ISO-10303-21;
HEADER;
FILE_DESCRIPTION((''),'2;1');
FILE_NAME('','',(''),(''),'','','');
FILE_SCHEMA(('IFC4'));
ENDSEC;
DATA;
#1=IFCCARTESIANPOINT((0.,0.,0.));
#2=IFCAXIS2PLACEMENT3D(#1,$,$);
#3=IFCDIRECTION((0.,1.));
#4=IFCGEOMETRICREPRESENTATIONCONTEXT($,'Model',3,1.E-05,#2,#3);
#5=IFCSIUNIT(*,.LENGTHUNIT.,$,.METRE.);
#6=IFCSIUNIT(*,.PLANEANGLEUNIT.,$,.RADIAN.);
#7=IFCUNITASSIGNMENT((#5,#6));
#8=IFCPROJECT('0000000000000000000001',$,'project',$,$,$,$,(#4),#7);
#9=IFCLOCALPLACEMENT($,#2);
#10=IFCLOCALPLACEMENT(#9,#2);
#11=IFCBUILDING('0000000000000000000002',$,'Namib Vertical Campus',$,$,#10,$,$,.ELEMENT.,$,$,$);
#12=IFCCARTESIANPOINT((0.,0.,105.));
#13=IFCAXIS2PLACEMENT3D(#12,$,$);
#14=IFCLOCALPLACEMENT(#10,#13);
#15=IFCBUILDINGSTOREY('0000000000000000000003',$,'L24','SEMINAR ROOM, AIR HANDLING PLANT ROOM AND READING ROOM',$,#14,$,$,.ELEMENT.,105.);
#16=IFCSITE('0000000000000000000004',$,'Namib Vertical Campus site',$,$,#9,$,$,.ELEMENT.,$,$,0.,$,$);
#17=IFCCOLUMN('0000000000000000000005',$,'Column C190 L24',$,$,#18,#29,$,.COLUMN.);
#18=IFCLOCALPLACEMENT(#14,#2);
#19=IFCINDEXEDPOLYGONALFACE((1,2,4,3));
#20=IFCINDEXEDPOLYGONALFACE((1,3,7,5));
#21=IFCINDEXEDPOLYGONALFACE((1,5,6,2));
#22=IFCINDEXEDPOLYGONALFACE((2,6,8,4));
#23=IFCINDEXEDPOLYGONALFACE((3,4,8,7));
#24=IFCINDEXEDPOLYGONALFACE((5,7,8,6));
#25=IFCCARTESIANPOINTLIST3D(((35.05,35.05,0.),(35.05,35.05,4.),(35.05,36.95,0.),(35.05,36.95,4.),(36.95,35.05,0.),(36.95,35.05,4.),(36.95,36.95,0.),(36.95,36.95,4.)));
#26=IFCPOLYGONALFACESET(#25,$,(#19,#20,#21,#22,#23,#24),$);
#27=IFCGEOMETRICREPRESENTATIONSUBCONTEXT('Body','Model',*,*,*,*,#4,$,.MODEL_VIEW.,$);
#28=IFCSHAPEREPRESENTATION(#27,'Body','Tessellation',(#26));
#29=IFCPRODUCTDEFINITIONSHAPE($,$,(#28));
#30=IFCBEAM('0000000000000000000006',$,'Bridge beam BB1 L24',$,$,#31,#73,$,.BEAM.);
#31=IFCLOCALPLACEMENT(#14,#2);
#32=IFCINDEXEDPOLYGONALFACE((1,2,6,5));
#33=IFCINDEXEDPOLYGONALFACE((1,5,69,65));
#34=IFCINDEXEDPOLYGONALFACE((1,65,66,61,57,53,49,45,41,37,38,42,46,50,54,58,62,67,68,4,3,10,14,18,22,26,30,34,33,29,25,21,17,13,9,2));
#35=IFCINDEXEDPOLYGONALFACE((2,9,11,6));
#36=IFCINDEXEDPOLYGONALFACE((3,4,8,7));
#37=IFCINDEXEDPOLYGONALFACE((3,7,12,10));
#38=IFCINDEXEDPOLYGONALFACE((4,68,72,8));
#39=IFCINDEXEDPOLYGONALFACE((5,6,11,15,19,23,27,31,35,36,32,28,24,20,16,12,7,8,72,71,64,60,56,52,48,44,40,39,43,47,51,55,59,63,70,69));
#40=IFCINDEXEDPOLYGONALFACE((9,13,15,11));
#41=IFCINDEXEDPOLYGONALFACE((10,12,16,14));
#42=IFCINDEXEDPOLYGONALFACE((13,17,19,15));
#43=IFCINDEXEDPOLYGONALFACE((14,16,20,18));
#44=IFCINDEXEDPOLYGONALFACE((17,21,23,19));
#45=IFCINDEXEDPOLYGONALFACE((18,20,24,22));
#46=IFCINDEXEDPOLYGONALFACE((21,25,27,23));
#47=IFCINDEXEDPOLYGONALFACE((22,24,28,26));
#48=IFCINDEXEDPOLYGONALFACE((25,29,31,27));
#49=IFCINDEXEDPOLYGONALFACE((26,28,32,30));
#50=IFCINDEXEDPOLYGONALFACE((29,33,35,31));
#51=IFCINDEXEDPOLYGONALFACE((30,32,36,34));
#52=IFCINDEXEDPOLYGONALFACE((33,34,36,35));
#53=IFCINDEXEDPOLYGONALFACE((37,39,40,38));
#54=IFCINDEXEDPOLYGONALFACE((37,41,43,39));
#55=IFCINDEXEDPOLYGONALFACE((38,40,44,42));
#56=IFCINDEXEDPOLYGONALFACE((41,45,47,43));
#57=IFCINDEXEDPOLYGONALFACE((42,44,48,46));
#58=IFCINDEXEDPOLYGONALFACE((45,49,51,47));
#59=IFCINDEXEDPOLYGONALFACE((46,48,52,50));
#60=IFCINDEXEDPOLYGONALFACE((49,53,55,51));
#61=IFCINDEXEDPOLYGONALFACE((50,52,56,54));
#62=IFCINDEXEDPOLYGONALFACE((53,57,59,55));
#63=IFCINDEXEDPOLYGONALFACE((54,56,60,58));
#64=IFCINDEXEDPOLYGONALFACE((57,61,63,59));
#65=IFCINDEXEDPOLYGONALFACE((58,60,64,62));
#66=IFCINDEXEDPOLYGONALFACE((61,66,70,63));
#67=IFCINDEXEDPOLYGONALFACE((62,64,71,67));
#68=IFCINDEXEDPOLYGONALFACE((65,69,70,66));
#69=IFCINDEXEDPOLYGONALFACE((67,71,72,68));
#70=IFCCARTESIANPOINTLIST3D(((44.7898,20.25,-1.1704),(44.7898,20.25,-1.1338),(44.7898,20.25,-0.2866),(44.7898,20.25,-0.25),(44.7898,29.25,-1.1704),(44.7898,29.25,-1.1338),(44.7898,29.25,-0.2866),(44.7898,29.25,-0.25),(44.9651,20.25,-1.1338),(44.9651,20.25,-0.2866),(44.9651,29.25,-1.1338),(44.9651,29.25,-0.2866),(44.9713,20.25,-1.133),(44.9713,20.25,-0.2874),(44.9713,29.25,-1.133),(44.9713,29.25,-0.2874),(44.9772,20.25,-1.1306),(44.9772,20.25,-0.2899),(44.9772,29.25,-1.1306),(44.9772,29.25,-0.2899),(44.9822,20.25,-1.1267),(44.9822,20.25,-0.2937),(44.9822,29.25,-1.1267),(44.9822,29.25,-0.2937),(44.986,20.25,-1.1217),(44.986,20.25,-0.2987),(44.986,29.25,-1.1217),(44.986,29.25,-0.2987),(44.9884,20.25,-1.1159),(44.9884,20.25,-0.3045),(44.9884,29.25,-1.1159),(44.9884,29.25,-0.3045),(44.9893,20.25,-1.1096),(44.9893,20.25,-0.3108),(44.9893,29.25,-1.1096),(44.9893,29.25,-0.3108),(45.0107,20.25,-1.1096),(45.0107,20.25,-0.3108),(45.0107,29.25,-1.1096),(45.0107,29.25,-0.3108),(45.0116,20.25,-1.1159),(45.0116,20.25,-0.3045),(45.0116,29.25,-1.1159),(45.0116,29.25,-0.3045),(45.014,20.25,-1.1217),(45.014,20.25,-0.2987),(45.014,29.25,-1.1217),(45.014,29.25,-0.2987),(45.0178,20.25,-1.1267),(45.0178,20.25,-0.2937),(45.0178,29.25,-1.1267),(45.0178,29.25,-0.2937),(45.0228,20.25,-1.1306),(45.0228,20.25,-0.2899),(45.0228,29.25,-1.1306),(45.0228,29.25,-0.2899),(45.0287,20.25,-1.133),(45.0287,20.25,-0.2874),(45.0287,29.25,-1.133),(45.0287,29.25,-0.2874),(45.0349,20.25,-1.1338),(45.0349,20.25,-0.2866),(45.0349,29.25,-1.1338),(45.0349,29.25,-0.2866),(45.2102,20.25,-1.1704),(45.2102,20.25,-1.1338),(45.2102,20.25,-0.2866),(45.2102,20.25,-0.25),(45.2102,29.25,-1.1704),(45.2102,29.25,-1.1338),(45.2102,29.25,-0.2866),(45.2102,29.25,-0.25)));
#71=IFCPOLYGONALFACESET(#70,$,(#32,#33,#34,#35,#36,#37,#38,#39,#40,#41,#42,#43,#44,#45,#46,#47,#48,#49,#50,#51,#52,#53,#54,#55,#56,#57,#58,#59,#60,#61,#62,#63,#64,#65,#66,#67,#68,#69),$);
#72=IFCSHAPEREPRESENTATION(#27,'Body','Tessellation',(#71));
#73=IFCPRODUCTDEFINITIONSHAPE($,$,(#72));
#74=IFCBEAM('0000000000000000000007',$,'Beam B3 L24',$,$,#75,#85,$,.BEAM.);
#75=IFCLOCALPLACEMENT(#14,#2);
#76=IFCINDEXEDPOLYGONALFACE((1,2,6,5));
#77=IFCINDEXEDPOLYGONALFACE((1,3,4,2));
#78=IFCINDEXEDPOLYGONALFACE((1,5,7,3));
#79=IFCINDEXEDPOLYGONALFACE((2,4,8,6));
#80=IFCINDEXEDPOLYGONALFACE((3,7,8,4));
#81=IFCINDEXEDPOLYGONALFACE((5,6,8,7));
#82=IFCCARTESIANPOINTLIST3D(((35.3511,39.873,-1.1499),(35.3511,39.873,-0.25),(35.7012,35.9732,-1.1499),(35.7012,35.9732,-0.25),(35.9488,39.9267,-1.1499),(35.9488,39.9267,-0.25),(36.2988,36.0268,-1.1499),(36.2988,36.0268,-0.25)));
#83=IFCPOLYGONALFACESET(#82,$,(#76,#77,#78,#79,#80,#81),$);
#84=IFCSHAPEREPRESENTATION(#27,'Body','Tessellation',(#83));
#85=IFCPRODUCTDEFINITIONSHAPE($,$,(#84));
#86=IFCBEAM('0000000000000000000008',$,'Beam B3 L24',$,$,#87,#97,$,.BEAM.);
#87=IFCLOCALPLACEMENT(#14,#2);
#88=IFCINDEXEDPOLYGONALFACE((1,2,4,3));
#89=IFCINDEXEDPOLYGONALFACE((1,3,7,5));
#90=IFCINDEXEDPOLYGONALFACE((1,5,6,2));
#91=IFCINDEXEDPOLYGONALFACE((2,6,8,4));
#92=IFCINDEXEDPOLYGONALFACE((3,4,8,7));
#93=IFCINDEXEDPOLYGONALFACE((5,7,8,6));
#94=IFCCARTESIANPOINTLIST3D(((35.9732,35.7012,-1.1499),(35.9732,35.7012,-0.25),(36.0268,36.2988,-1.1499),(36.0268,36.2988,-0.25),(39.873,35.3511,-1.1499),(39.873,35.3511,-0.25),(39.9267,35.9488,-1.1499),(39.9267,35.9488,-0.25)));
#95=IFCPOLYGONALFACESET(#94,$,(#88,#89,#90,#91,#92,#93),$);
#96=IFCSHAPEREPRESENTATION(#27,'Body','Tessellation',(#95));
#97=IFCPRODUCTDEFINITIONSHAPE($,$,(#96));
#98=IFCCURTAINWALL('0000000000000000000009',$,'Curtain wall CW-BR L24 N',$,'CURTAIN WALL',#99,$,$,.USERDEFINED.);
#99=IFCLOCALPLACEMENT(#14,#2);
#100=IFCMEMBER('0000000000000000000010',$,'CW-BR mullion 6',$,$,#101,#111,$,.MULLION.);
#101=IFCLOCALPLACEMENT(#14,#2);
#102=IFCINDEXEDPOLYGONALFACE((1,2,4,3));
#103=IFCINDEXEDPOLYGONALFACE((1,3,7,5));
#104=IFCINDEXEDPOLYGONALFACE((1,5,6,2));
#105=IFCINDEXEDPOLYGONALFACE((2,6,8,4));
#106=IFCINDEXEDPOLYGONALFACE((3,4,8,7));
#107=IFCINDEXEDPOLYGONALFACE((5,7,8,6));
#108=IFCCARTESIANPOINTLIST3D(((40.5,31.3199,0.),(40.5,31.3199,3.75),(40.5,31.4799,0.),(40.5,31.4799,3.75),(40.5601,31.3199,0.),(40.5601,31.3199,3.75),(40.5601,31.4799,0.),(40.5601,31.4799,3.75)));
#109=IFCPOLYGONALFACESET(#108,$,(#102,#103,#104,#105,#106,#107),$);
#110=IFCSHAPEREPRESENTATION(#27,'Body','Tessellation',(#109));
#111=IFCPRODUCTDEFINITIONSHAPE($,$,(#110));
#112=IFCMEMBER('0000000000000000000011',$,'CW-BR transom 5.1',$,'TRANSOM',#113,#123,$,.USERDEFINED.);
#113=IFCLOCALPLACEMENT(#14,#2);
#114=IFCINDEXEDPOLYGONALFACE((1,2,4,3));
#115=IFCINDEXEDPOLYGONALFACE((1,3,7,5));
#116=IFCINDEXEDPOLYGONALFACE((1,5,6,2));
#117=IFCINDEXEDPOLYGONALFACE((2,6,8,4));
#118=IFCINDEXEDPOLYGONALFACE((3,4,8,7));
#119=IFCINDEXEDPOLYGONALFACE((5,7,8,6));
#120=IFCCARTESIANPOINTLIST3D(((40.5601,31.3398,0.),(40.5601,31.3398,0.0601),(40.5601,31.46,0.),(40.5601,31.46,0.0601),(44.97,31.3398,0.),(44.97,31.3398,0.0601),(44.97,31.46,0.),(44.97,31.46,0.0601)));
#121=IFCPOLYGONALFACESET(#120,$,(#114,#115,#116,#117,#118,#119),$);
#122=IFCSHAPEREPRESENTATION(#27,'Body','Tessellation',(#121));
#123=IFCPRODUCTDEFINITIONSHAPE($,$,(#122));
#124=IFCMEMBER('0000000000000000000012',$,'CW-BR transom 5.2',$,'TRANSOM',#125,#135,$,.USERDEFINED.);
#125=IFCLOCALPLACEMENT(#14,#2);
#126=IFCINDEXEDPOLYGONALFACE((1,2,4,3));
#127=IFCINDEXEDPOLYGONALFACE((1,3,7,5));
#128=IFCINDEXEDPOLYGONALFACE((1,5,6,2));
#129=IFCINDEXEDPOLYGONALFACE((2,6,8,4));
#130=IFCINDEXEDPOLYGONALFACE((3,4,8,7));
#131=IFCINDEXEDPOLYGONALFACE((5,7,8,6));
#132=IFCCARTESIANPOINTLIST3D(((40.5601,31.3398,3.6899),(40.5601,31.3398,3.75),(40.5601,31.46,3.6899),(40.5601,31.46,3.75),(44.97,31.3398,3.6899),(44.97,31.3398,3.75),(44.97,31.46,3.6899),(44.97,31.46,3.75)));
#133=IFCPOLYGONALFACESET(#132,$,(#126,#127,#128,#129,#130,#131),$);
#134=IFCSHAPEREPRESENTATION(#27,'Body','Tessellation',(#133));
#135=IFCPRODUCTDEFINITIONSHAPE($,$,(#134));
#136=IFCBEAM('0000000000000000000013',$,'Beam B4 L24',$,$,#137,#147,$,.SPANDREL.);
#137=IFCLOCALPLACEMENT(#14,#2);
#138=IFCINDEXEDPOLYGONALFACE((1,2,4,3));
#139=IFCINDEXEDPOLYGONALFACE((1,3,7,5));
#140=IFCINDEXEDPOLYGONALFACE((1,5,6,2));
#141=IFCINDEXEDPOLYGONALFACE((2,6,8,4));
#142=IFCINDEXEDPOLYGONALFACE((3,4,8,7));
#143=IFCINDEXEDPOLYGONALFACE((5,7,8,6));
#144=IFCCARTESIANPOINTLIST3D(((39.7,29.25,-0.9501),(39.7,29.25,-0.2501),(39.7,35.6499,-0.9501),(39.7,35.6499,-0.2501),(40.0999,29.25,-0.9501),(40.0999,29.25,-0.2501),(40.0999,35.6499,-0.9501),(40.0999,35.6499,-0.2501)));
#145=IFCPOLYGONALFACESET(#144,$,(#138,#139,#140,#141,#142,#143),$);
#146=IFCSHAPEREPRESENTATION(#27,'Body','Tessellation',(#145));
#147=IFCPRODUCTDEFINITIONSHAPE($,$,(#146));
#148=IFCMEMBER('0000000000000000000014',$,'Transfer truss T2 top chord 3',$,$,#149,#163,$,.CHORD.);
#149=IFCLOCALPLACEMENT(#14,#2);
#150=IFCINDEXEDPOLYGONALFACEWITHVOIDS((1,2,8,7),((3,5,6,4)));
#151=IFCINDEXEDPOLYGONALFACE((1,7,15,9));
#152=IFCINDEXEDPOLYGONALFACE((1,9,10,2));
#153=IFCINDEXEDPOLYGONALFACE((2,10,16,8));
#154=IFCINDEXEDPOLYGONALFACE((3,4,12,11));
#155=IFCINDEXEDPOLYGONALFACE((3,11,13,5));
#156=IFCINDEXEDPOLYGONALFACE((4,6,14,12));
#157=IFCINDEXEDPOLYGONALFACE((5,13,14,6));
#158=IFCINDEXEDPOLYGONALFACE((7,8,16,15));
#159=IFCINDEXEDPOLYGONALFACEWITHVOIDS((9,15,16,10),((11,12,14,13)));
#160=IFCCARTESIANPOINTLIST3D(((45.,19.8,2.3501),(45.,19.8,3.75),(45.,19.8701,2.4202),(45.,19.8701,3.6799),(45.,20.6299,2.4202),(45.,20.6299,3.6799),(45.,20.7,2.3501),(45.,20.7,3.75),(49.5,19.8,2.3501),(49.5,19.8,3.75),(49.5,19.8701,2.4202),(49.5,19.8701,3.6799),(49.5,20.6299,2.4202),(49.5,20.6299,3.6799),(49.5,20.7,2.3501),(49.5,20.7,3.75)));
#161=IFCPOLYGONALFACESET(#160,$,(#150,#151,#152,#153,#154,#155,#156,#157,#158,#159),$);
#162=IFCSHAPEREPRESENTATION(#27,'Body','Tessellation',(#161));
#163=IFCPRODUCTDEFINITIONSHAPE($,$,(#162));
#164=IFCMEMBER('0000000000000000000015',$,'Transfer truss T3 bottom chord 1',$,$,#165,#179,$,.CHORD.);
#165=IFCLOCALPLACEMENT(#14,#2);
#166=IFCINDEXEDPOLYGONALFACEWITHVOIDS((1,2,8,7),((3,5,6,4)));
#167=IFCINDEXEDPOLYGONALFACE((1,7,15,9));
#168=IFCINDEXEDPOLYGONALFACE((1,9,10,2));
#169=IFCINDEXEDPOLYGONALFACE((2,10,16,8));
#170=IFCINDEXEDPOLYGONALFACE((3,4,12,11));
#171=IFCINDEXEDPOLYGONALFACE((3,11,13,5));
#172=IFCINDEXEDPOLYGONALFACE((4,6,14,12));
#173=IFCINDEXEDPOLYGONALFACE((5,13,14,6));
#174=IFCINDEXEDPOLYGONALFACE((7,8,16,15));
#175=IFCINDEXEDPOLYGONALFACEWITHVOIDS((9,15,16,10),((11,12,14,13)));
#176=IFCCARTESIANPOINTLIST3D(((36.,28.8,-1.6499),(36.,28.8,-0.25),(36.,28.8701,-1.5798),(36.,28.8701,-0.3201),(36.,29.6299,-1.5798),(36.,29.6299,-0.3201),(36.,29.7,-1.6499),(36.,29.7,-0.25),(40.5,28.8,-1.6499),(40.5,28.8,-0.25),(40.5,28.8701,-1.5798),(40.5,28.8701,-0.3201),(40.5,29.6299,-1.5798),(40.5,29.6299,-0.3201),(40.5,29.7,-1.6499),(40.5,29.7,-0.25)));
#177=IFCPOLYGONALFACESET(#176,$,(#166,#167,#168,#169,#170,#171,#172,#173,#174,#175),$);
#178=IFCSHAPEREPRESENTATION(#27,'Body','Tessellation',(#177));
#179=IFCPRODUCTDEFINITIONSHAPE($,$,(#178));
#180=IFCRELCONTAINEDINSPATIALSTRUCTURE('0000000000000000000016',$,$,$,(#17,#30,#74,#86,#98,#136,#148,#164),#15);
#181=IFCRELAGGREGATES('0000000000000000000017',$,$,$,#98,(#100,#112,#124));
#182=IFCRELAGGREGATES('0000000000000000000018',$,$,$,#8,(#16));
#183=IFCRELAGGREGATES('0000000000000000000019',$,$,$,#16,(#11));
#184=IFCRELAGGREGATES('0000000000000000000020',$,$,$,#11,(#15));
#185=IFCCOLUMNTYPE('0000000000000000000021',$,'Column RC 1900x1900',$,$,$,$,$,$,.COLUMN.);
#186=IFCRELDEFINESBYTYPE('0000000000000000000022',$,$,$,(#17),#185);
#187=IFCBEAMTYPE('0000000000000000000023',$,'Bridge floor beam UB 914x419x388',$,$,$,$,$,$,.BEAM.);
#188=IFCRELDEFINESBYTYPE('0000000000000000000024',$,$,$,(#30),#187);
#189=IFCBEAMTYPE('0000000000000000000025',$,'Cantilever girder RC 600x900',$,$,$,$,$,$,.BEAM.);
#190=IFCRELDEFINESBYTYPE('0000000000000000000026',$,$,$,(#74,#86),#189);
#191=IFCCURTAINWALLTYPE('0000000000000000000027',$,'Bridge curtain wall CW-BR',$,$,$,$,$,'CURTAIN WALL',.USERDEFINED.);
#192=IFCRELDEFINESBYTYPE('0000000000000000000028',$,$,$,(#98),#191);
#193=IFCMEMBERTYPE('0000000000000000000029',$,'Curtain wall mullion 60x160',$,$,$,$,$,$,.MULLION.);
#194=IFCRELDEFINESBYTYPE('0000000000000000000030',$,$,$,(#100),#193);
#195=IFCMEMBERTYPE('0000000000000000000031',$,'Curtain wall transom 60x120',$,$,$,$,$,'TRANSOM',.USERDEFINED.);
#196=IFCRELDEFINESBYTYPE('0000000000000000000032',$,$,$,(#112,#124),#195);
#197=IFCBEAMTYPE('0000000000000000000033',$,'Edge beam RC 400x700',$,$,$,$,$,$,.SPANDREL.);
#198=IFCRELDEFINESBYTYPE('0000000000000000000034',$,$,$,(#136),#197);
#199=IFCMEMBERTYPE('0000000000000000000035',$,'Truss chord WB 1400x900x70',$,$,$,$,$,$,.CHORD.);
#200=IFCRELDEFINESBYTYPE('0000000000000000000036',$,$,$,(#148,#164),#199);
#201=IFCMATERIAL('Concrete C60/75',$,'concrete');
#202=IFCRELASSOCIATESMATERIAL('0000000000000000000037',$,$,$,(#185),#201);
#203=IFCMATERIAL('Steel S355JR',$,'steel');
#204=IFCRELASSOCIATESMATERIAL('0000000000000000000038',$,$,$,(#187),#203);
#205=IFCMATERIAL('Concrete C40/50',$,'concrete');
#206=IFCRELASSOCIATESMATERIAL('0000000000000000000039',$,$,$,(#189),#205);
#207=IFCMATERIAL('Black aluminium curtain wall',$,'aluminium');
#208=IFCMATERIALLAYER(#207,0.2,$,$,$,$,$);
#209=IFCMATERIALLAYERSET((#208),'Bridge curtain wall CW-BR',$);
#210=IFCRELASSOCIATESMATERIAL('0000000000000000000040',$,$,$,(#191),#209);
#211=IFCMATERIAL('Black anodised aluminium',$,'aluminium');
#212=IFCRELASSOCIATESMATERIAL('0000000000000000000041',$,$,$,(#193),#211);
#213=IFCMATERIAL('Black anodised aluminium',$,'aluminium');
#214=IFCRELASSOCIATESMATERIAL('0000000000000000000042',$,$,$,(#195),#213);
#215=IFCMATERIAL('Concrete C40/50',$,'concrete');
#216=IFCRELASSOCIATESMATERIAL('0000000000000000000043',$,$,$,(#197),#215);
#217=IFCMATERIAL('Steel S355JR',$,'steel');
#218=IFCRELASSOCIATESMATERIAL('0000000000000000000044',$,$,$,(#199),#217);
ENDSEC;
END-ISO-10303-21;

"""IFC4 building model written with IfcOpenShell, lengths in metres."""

from ifc_helpers import new_model, si_unit, direction, frame, origin, origin_2d, place, context, subcontext, project, spatial, rectangle, hollow_rectangle, i_section, extrude, material, layer, layer_set, material_profile, profile_set, type_object, element, aggregate, save


model = new_model("IFC4")

# Units and contexts
model_context = context("Model", 3, precision=1e-05, world=origin(), true_north=direction((0.0, 1.0)))
body_context = subcontext(model_context, "Body", "Model", "MODEL_VIEW")
ifc_project = project(units=[si_unit("LENGTHUNIT", "METRE"), si_unit("PLANEANGLEUNIT", "RADIAN")], contexts=[model_context])

# Site, building, storey
site_placement = place(None, origin())
site = spatial("IfcSite", under=ifc_project, at=site_placement, Name="Namib Vertical Campus site", CompositionType="ELEMENT", RefElevation=0.0)
building_placement = place(site_placement, origin())
building = spatial("IfcBuilding", under=site, at=building_placement, Name="Namib Vertical Campus", CompositionType="ELEMENT")
storey_placement = place(building_placement, frame((0.0, 0.0, 105.0)))
storey = spatial("IfcBuildingStorey", under=building, at=storey_placement, Name="L24", Description="SEMINAR ROOM, AIR HANDLING PLANT ROOM AND READING ROOM", CompositionType="ELEMENT", Elevation=105.0)

# Column
ifc_material_1 = material(Name="Concrete C60/75", Category="concrete")
ifc_material_profile_1 = material_profile(ifc_material_1, rectangle(XDim=1.8999, YDim=1.8999, at=origin_2d()))
ifc_profile_set_1 = profile_set([ifc_material_profile_1], Name="Concrete C60/75")
column_type = type_object("IfcColumnType", Name="Column RC 1900x1900", PredefinedType="COLUMN", material=ifc_profile_set_1)
column_placement = place(storey_placement, frame((36.0, 36.0, 0.0), z_axis=(0.0, 0.0, 1.0), x_axis=(1.0, 0.0, 0.0)))
element("IfcColumn", 1, at=column_placement, inside=storey, type_object=column_type, Name="Column C190 L24", PredefinedType="COLUMN", context=body_context, shape_type="SweptSolid", body=[
    extrude(rectangle(XDim=1.8999, YDim=1.8999, at=origin_2d()), origin(), (0.0, 0.0, 1.0), 4.0),
])

# Beams
ifc_material_2 = material(Name="Steel S355JR", Category="steel")
ifc_material_profile_2 = material_profile(ifc_material_2, i_section(OverallWidth=0.4204, OverallDepth=0.9204, WebThickness=0.0215, FlangeThickness=0.0366, FilletRadius=0.0242, at=origin_2d()))
ifc_profile_set_2 = profile_set([ifc_material_profile_2], Name="Steel S355JR")
beam_type_1 = type_object("IfcBeamType", Name="Bridge floor beam UB 914x419x388", PredefinedType="BEAM", material=ifc_profile_set_2)
beam_1_placement = place(storey_placement, frame((45.0, 20.25, -0.7102), z_axis=(0.0, 1.0, 0.0), x_axis=(-1.0, 0.0, 0.0)))
element("IfcBeam", 2, at=beam_1_placement, inside=storey, type_object=beam_type_1, Name="Bridge beam BB1 L24", PredefinedType="BEAM", context=body_context, shape_type="SweptSolid", body=[
    extrude(i_section(OverallWidth=0.4204, OverallDepth=0.9204, WebThickness=0.0215, FlangeThickness=0.0366, FilletRadius=0.0242, at=origin_2d()), origin(), (0.0, 0.0, 1.0), 9.0),
])
ifc_material_3 = material(Name="Concrete C40/50", Category="concrete")
ifc_material_profile_3 = material_profile(ifc_material_3, rectangle(XDim=0.6001, YDim=0.8999, at=origin_2d()))
ifc_profile_set_3 = profile_set([ifc_material_profile_3], Name="Concrete C40/50")
beam_type_2 = type_object("IfcBeamType", Name="Cantilever girder RC 600x900", PredefinedType="BEAM", material=ifc_profile_set_3)
for number, where, z_axis, x_axis, name in (
    (3, (36.0, 36.0, -0.7), (-0.089411, 0.995995, 0.0), (-0.995995, -0.089411, 0.0), "Beam B3 L24"),
    (4, (36.0, 36.0, -0.7), (0.995995, -0.089411, 0.0), (0.089411, 0.995995, 0.0), "Beam B3 L24"),
):
    element("IfcBeam", number, at=place(storey_placement, frame(where, z_axis=z_axis, x_axis=x_axis)), inside=storey, type_object=beam_type_2, Name=name, PredefinedType="BEAM", context=body_context, shape_type="SweptSolid", body=[
        extrude(rectangle(XDim=0.6001, YDim=0.8999, at=origin_2d()), origin(), (0.0, 0.0, 1.0), 3.9155),
    ])

# Curtain wall, members
ifc_material_4 = material(Name="Black aluminium curtain wall", Category="aluminium")
ifc_layer_1 = layer(ifc_material_4, 0.2)
ifc_layer_set_1 = layer_set([ifc_layer_1], Name="Bridge curtain wall CW-BR")
curtain_wall_type = type_object("IfcCurtainWallType", Name="Bridge curtain wall CW-BR", ElementType="CURTAIN WALL", PredefinedType="USERDEFINED", material=ifc_layer_set_1)
curtain_wall_placement = place(storey_placement, origin())
curtain_wall = element("IfcCurtainWall", 5, at=curtain_wall_placement, inside=storey, type_object=curtain_wall_type, Name="Curtain wall CW-BR L24 N", ObjectType="CURTAIN WALL", PredefinedType="USERDEFINED")
ifc_material_5 = material(Name="Black anodised aluminium", Category="aluminium")
ifc_material_profile_4 = material_profile(ifc_material_5, rectangle(XDim=0.0601, YDim=0.1599, at=origin_2d()))
ifc_profile_set_4 = profile_set([ifc_material_profile_4], Name="Black anodised aluminium")
member_type_1 = type_object("IfcMemberType", Name="Curtain wall mullion 60x160", PredefinedType="MULLION", material=ifc_profile_set_4)
member_1_placement = place(storey_placement, frame((40.53, 31.3999, 0.0), z_axis=(0.0, 0.0, 1.0), x_axis=(-1.0, 0.0, 0.0)))
member_1 = element("IfcMember", 6, at=member_1_placement, type_object=member_type_1, Name="CW-BR mullion 6", PredefinedType="MULLION", context=body_context, shape_type="SweptSolid", body=[
    extrude(rectangle(XDim=0.0601, YDim=0.1599, at=origin_2d()), origin(), (0.0, 0.0, 1.0), 3.75),
])
ifc_material_6 = material(Name="Black anodised aluminium", Category="aluminium")
ifc_material_profile_5 = material_profile(ifc_material_6, rectangle(XDim=0.0601, YDim=0.1201, at=origin_2d()))
ifc_profile_set_5 = profile_set([ifc_material_profile_5], Name="Black anodised aluminium")
member_type_2 = type_object("IfcMemberType", Name="Curtain wall transom 60x120", ElementType="TRANSOM", PredefinedType="USERDEFINED", material=ifc_profile_set_5)
member_2_placement = place(storey_placement, frame((44.97, 31.3999, 0.03), z_axis=(-1.0, 0.0, 0.0), x_axis=(0.0, 0.0, 1.0)))
member_2 = element("IfcMember", 7, at=member_2_placement, type_object=member_type_2, Name="CW-BR transom 5.1", ObjectType="TRANSOM", PredefinedType="USERDEFINED", context=body_context, shape_type="SweptSolid", body=[
    extrude(rectangle(XDim=0.0601, YDim=0.1201, at=origin_2d()), origin(), (0.0, 0.0, 1.0), 4.4099),
])
member_3_placement = place(storey_placement, frame((44.97, 31.3999, 3.72), z_axis=(-1.0, 0.0, 0.0), x_axis=(0.0, 0.0, 1.0)))
member_3 = element("IfcMember", 8, at=member_3_placement, type_object=member_type_2, Name="CW-BR transom 5.2", ObjectType="TRANSOM", PredefinedType="USERDEFINED", context=body_context, shape_type="SweptSolid", body=[
    extrude(rectangle(XDim=0.0601, YDim=0.1201, at=origin_2d()), origin(), (0.0, 0.0, 1.0), 4.4099),
])

# Beam
ifc_material_7 = material(Name="Concrete C40/50", Category="concrete")
ifc_material_profile_6 = material_profile(ifc_material_7, rectangle(XDim=0.3999, YDim=0.7, at=origin_2d()))
ifc_profile_set_6 = profile_set([ifc_material_profile_6], Name="Concrete C40/50")
beam_type_3 = type_object("IfcBeamType", Name="Edge beam RC 400x700", PredefinedType="SPANDREL", material=ifc_profile_set_6)
beam_2_placement = place(storey_placement, frame((39.8999, 29.25, -0.6001), z_axis=(0.0, 1.0, 0.0), x_axis=(-1.0, 0.0, 0.0)))
element("IfcBeam", 9, at=beam_2_placement, inside=storey, type_object=beam_type_3, Name="Beam B4 L24", PredefinedType="SPANDREL", context=body_context, shape_type="SweptSolid", body=[
    extrude(rectangle(XDim=0.3999, YDim=0.7, at=origin_2d()), origin(), (0.0, 0.0, 1.0), 6.3999),
])

# Members
ifc_material_8 = material(Name="Steel S355JR", Category="steel")
ifc_material_profile_7 = material_profile(ifc_material_8, hollow_rectangle(XDim=0.8999, YDim=1.3999, WallThickness=0.0701, at=origin_2d()))
ifc_profile_set_7 = profile_set([ifc_material_profile_7], Name="Steel S355JR")
member_type_3 = type_object("IfcMemberType", Name="Truss chord WB 1400x900x70", PredefinedType="CHORD", material=ifc_profile_set_7)
for number, where, z_axis, x_axis, name in (
    (10, (45.0, 20.25, 3.05), (1.0, 0.0, 0.0), (0.0, 1.0, 0.0), "Transfer truss T2 top chord 3"),
    (11, (36.0, 29.25, -0.95), (1.0, 0.0, 0.0), (0.0, 1.0, 0.0), "Transfer truss T3 bottom chord 1"),
):
    element("IfcMember", number, at=place(storey_placement, frame(where, z_axis=z_axis, x_axis=x_axis)), inside=storey, type_object=member_type_3, Name=name, PredefinedType="CHORD", context=body_context, shape_type="SweptSolid", body=[
        extrude(hollow_rectangle(XDim=0.8999, YDim=1.3999, WallThickness=0.0701, at=origin_2d()), origin(), (0.0, 0.0, 1.0), 4.5),
    ])

aggregate(curtain_wall, [member_1, member_2, member_3])

save(model, "model.ifc")
